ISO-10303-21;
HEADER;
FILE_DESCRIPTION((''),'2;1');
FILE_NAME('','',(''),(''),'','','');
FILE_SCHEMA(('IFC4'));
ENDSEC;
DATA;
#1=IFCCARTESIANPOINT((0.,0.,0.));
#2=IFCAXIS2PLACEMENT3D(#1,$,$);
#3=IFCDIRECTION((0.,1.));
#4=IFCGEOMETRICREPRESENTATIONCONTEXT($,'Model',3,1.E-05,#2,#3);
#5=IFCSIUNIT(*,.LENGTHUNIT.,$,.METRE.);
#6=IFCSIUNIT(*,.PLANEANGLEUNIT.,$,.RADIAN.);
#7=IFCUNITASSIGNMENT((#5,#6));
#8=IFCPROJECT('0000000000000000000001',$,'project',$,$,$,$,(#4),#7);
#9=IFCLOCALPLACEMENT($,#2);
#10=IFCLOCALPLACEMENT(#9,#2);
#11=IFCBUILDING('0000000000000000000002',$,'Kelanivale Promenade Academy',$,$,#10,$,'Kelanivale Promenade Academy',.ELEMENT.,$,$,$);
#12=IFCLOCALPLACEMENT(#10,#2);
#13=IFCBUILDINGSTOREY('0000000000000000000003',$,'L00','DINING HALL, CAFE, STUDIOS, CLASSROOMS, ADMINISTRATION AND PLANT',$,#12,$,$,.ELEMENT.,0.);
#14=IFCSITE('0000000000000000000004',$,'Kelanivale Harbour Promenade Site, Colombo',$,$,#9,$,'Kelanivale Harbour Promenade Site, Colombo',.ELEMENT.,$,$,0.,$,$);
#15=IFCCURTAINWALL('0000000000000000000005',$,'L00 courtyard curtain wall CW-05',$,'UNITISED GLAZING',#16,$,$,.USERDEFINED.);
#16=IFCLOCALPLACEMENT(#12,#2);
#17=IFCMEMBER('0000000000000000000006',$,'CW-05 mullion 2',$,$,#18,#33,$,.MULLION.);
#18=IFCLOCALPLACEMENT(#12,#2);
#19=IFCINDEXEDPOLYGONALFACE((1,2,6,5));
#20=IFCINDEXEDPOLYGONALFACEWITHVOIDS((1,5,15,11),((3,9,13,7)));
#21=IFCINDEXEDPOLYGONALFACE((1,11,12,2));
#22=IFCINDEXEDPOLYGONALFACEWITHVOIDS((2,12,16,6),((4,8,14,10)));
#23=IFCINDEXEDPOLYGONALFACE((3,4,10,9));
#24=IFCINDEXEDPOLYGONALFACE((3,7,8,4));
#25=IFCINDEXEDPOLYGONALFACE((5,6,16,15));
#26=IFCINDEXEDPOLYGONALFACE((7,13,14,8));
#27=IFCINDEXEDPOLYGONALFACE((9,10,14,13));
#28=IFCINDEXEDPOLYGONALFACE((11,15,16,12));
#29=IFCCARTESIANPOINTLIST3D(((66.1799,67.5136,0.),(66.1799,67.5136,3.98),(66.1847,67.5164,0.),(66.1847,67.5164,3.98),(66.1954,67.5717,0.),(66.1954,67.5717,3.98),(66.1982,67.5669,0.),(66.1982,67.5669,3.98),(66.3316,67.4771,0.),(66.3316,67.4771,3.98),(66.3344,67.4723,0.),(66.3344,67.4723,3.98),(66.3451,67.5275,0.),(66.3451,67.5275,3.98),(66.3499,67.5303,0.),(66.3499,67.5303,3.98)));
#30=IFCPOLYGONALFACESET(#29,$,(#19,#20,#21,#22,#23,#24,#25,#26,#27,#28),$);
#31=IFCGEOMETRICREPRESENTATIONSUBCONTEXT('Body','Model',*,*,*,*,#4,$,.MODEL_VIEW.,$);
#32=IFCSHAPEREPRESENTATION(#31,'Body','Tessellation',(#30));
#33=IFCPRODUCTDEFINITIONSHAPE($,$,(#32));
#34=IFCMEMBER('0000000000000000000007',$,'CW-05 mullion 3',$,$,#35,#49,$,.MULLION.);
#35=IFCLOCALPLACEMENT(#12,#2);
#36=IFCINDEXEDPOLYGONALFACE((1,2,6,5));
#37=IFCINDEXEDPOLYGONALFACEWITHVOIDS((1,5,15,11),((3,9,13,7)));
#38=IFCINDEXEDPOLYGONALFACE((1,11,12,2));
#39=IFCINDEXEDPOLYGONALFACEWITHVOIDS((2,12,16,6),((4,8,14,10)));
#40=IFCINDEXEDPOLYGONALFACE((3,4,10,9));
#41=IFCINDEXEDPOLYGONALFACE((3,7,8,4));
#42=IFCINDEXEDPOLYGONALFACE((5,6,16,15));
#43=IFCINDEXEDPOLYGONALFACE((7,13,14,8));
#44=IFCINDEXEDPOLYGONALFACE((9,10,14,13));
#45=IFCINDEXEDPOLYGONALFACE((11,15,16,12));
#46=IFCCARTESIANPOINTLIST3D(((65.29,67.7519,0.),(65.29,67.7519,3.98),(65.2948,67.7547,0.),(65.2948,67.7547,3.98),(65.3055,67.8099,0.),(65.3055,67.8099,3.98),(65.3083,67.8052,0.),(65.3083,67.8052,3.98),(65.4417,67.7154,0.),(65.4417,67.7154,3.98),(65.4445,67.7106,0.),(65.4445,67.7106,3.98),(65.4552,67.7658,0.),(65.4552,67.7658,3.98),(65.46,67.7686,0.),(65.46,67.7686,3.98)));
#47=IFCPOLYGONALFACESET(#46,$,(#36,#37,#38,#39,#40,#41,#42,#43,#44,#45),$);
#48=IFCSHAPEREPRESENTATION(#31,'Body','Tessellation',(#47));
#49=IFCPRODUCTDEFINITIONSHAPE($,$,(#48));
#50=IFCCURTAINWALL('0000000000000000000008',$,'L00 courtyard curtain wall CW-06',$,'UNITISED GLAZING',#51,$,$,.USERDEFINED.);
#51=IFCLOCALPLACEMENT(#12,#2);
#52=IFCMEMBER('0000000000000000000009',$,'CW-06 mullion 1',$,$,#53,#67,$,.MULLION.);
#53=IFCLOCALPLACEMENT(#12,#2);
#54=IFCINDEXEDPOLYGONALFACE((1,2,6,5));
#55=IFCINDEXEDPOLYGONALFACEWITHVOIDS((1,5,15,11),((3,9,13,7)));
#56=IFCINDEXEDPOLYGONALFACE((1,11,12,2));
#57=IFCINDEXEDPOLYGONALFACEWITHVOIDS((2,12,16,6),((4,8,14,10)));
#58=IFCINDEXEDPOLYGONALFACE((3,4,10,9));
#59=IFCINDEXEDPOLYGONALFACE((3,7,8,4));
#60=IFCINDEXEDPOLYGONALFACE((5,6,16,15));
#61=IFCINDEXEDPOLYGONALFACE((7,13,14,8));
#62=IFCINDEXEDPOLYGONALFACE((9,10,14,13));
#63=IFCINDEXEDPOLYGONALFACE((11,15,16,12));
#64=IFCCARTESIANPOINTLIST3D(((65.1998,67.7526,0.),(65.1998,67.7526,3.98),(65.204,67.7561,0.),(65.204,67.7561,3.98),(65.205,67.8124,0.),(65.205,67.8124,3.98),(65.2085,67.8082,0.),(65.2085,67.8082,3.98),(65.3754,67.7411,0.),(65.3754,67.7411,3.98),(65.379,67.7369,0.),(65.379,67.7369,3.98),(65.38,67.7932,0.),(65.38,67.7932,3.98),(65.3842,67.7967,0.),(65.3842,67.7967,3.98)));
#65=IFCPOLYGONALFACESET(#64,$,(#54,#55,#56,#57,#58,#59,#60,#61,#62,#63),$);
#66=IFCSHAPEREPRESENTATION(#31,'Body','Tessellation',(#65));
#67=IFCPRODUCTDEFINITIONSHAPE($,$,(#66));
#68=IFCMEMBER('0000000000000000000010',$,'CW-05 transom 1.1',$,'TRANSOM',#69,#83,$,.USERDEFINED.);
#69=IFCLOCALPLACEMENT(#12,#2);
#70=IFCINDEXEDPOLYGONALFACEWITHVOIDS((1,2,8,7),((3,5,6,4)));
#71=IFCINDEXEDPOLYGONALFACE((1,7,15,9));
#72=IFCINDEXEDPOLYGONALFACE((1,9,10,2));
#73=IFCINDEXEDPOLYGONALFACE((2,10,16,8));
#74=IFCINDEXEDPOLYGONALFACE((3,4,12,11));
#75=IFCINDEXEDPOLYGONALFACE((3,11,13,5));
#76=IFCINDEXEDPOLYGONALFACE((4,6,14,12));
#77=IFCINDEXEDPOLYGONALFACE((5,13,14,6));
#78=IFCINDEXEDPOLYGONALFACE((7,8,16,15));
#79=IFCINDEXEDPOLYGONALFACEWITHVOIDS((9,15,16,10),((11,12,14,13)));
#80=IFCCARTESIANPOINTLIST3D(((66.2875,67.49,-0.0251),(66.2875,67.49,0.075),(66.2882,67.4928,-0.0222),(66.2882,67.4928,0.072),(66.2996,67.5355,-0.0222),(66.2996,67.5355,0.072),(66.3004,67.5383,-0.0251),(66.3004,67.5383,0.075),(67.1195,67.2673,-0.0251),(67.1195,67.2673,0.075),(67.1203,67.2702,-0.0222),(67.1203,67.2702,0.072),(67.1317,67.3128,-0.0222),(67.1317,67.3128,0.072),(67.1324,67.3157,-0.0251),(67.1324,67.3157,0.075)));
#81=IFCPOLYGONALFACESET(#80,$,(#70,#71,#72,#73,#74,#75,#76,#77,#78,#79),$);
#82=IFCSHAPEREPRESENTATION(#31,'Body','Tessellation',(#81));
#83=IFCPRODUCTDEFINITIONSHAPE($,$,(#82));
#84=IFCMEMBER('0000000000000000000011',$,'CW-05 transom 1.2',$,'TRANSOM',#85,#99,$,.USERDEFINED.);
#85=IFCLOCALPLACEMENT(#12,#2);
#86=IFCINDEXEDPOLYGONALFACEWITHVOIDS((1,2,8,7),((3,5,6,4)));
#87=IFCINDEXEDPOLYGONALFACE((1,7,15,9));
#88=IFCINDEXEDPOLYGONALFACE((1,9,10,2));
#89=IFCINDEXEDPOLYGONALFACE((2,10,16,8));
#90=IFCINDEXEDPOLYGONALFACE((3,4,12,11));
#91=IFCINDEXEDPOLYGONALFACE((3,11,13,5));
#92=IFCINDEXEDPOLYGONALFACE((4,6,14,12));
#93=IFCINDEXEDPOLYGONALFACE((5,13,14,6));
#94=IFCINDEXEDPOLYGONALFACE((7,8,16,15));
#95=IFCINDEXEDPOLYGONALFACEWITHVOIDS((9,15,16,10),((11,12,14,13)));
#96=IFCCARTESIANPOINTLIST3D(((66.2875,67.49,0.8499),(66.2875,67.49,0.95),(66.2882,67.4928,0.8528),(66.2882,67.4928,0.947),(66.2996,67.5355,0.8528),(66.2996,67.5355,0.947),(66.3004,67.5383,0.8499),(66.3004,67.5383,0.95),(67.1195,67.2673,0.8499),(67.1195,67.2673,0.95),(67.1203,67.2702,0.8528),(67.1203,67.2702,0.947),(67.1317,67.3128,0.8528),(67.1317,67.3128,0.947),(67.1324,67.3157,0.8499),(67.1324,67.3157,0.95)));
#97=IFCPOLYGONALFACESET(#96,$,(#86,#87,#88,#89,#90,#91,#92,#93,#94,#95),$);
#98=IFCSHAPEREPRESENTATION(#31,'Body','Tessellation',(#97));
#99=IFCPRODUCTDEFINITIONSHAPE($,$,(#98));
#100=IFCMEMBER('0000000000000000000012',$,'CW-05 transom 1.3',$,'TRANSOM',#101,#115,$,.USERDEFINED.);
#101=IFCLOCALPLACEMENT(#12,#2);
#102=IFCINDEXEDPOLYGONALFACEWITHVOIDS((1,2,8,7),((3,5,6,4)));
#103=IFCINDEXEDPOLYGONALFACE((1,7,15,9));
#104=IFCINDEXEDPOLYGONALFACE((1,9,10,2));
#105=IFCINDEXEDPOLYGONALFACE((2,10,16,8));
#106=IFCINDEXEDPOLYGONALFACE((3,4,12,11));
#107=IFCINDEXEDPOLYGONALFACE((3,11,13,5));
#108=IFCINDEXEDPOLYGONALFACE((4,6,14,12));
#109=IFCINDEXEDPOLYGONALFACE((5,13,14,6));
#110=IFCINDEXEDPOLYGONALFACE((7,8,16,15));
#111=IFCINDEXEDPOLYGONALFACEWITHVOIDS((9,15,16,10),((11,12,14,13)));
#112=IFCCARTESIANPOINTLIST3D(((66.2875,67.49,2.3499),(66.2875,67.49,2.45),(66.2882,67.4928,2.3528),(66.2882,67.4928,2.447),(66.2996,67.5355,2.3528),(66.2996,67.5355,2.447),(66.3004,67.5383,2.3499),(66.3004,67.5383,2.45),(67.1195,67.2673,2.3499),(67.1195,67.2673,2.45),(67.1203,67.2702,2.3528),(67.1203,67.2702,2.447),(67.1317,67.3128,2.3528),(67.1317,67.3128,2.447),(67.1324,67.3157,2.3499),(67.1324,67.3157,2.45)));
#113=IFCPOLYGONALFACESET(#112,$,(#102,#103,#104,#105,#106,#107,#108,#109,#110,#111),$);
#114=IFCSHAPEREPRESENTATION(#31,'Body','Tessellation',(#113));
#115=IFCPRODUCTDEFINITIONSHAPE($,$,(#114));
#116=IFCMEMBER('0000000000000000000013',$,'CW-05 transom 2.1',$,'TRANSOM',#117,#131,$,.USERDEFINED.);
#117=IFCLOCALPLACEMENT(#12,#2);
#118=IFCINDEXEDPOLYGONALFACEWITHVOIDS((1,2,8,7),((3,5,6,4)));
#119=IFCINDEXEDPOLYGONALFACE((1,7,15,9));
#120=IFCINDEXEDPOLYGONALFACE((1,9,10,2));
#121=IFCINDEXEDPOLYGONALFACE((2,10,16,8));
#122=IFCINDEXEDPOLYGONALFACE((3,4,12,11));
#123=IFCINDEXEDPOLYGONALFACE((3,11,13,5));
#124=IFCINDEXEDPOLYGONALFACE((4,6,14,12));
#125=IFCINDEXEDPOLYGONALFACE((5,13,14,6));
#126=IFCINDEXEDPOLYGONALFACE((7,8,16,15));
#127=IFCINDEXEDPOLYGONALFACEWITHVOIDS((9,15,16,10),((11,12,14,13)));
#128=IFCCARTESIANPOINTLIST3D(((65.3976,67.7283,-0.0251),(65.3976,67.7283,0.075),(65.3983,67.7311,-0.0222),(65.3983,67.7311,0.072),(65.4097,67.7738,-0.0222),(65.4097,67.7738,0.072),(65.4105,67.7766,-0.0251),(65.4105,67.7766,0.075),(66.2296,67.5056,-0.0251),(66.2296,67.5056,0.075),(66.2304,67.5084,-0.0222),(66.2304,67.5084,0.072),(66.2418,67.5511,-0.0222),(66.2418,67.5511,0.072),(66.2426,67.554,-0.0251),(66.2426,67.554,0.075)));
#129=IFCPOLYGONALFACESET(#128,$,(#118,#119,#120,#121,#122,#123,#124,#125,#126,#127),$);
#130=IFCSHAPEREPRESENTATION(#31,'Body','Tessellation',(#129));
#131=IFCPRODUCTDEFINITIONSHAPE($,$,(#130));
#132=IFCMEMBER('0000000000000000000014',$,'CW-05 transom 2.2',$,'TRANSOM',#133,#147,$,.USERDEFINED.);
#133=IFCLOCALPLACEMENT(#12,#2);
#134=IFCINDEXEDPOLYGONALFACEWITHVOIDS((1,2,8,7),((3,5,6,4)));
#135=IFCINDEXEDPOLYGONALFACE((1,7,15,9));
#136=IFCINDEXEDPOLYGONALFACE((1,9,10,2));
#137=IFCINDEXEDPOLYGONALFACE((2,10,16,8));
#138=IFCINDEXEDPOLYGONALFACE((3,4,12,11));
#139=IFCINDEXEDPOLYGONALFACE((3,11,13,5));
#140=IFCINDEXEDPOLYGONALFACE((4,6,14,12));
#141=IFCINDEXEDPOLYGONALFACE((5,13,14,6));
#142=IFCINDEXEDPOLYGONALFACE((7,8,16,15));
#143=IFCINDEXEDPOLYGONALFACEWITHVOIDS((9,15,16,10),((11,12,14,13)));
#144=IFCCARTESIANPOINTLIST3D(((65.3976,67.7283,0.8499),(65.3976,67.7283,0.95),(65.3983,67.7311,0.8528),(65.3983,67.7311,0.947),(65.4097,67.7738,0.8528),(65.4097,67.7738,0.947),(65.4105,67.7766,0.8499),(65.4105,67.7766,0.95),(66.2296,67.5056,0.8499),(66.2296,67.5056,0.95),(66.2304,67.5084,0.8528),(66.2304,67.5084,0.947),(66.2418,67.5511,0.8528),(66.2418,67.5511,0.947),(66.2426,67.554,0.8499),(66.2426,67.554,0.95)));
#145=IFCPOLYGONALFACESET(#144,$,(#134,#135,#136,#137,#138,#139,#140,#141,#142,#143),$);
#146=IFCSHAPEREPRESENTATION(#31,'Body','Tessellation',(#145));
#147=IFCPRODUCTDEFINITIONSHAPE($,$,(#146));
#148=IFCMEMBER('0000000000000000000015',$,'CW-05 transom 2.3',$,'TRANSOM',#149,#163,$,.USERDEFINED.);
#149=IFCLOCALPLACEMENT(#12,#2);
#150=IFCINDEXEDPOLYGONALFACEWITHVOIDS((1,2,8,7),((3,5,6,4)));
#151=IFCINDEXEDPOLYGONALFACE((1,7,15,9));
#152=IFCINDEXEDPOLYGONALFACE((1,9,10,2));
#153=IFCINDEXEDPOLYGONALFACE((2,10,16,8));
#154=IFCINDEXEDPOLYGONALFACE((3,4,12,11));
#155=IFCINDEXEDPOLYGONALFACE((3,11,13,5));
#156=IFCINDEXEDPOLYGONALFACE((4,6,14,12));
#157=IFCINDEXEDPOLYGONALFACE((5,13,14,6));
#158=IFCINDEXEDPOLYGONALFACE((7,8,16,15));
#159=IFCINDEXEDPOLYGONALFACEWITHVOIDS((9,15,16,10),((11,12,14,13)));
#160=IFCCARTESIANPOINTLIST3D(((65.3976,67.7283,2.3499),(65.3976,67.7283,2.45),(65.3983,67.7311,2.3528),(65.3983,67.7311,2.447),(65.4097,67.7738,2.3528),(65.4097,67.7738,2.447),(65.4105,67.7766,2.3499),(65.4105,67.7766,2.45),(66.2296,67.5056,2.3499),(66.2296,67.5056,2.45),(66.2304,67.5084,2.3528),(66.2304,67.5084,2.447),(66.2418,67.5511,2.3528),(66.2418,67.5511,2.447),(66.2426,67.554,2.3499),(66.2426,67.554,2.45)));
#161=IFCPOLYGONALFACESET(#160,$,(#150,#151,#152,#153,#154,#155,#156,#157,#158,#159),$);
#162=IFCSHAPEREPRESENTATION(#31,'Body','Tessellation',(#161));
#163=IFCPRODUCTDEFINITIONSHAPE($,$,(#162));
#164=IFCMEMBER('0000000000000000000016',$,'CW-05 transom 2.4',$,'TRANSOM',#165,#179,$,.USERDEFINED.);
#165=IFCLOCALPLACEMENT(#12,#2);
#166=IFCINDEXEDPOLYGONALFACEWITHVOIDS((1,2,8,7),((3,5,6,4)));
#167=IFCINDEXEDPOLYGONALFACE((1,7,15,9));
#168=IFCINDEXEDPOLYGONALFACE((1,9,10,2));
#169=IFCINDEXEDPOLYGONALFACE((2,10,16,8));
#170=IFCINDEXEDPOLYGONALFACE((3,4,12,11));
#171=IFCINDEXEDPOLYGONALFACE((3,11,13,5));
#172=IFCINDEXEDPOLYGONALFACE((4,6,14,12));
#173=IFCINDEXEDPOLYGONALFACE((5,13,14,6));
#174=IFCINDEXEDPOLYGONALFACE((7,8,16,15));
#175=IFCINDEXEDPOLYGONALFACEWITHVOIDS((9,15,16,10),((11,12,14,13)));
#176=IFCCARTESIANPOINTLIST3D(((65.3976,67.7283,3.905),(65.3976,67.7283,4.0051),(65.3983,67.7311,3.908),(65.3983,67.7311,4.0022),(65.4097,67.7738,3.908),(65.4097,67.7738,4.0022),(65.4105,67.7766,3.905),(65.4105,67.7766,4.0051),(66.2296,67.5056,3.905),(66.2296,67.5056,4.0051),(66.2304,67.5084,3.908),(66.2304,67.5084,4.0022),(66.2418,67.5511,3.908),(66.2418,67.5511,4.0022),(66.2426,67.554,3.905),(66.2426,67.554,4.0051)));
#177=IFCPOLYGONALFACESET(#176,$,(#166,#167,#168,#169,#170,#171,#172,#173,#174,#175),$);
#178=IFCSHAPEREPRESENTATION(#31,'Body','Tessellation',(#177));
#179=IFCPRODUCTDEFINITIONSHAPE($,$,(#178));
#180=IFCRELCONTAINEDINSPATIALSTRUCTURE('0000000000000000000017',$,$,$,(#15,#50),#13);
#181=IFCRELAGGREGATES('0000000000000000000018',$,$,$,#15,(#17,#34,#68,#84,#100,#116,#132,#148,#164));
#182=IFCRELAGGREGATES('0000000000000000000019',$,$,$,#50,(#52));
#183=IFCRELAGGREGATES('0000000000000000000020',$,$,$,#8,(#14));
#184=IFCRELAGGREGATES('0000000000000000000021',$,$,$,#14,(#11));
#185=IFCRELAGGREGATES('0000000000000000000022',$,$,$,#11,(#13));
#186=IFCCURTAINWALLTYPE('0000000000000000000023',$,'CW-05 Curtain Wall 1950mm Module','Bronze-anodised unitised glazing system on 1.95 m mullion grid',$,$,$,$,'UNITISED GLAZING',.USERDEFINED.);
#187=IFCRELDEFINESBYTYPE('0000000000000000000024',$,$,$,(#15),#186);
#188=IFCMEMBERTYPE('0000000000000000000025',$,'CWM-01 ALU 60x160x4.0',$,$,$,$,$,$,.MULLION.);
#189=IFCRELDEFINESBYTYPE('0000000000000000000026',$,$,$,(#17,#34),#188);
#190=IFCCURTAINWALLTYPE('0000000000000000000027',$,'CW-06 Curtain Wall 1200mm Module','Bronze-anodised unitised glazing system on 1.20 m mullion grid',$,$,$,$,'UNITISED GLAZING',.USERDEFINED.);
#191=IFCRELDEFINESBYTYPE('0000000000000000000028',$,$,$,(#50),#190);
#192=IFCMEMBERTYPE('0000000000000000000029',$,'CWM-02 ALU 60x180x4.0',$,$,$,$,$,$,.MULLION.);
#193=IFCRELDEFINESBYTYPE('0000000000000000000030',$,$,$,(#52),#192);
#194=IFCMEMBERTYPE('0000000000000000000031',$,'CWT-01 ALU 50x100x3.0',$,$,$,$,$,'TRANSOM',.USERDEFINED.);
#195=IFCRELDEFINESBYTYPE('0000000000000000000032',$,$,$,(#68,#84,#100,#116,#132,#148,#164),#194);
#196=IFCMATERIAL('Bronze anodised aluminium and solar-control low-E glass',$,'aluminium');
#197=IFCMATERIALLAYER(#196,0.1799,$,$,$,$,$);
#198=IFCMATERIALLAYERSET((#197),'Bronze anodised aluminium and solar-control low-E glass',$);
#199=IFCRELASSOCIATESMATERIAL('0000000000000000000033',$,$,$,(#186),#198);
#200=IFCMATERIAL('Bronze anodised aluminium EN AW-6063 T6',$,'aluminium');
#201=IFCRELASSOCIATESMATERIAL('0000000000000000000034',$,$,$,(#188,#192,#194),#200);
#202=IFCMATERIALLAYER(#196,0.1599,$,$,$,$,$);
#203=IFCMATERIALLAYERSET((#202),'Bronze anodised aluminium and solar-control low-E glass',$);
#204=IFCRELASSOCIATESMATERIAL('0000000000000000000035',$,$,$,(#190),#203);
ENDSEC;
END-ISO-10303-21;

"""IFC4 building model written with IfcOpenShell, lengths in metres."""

from ifc_helpers import new_model, si_unit, direction, frame, origin, origin_2d, place, context, subcontext, project, spatial, hollow_rectangle, extrude, material, layer, layer_set, material_profile, profile_set, type_object, element, aggregate, save


model = new_model("IFC4")

# Units and contexts
model_context = context("Model", 3, precision=1e-05, world=origin(), true_north=direction((0.0, 1.0)))
body_context = subcontext(model_context, "Body", "Model", "MODEL_VIEW")
ifc_project = project(units=[si_unit("LENGTHUNIT", "METRE"), si_unit("PLANEANGLEUNIT", "RADIAN")], contexts=[model_context])

# Site, building, storey
site_placement = place(None, origin())
site = spatial("IfcSite", under=ifc_project, at=site_placement, Name="Kelanivale Harbour Promenade Site, Colombo", LongName="Kelanivale Harbour Promenade Site, Colombo", CompositionType="ELEMENT", RefElevation=0.0)
building_placement = place(site_placement, origin())
building = spatial("IfcBuilding", under=site, at=building_placement, Name="Kelanivale Promenade Academy", LongName="Kelanivale Promenade Academy", CompositionType="ELEMENT")
storey_placement = place(building_placement, origin())
storey = spatial("IfcBuildingStorey", under=building, at=storey_placement, Name="L00", Description="DINING HALL, CAFE, STUDIOS, CLASSROOMS, ADMINISTRATION AND PLANT", CompositionType="ELEMENT", Elevation=0.0)

# Curtain wall, members
ifc_material_1 = material(Name="Bronze anodised aluminium and solar-control low-E glass", Category="aluminium")
ifc_layer_1 = layer(ifc_material_1, 0.1799)
ifc_layer_set_1 = layer_set([ifc_layer_1], Name="Bronze anodised aluminium and solar-control low-E glass")
curtain_wall_type_1 = type_object("IfcCurtainWallType", Name="CW-05 Curtain Wall 1950mm Module", Description="Bronze-anodised unitised glazing system on 1.95 m mullion grid", ElementType="UNITISED GLAZING", PredefinedType="USERDEFINED", material=ifc_layer_set_1)
curtain_wall_1_placement = place(storey_placement, origin())
curtain_wall_1 = element("IfcCurtainWall", 1, at=curtain_wall_1_placement, inside=storey, type_object=curtain_wall_type_1, Name="L00 courtyard curtain wall CW-05", ObjectType="UNITISED GLAZING", PredefinedType="USERDEFINED")
ifc_material_2 = material(Name="Bronze anodised aluminium EN AW-6063 T6", Category="aluminium")
ifc_material_profile_1 = material_profile(ifc_material_2, hollow_rectangle(XDim=0.0601, YDim=0.1599, WallThickness=0.0039, at=origin_2d()), Name="ALU 60x160x4.0")
ifc_profile_set_1 = profile_set([ifc_material_profile_1], Name="Bronze anodised aluminium EN AW-6063 T6")
member_type_1 = type_object("IfcMemberType", Name="CWM-01 ALU 60x160x4.0", PredefinedType="MULLION", material=ifc_profile_set_1)
member_1_placement = place(storey_placement, frame((66.2649, 67.522, 0.0), z_axis=(0.0, 0.0, 1.0), x_axis=(-0.258578, -0.96599, 0.0)))
member_1 = element("IfcMember", 2, at=member_1_placement, type_object=member_type_1, Name="CW-05 mullion 2", PredefinedType="MULLION", context=body_context, shape_type="SweptSolid", body=[
    extrude(hollow_rectangle(XDim=0.0601, YDim=0.1599, WallThickness=0.0039, at=origin_2d()), origin(), (0.0, 0.0, 1.0), 3.98),
])
member_2_placement = place(storey_placement, frame((65.375, 67.7603, 0.0), z_axis=(0.0, 0.0, 1.0), x_axis=(-0.258578, -0.96599, 0.0)))
member_2 = element("IfcMember", 3, at=member_2_placement, type_object=member_type_1, Name="CW-05 mullion 3", PredefinedType="MULLION", context=body_context, shape_type="SweptSolid", body=[
    extrude(hollow_rectangle(XDim=0.0601, YDim=0.1599, WallThickness=0.0039, at=origin_2d()), origin(), (0.0, 0.0, 1.0), 3.98),
])

# Curtain wall, member
ifc_layer_2 = layer(ifc_material_1, 0.1599)
ifc_layer_set_2 = layer_set([ifc_layer_2], Name="Bronze anodised aluminium and solar-control low-E glass")
curtain_wall_type_2 = type_object("IfcCurtainWallType", Name="CW-06 Curtain Wall 1200mm Module", Description="Bronze-anodised unitised glazing system on 1.20 m mullion grid", ElementType="UNITISED GLAZING", PredefinedType="USERDEFINED", material=ifc_layer_set_2)
curtain_wall_2_placement = place(storey_placement, origin())
curtain_wall_2 = element("IfcCurtainWall", 4, at=curtain_wall_2_placement, inside=storey, type_object=curtain_wall_type_2, Name="L00 courtyard curtain wall CW-06", ObjectType="UNITISED GLAZING", PredefinedType="USERDEFINED")
ifc_material_profile_2 = material_profile(ifc_material_2, hollow_rectangle(XDim=0.0601, YDim=0.1799, WallThickness=0.0039, at=origin_2d()), Name="ALU 60x180x4.0")
ifc_profile_set_2 = profile_set([ifc_material_profile_2], Name="Bronze anodised aluminium EN AW-6063 T6")
member_type_2 = type_object("IfcMemberType", Name="CWM-02 ALU 60x180x4.0", PredefinedType="MULLION", material=ifc_profile_set_2)
member_3_placement = place(storey_placement, frame((65.292, 67.7747, 0.0), z_axis=(0.0, 0.0, 1.0), x_axis=(-0.087102, -0.996199, 0.0)))
member_3 = element("IfcMember", 5, at=member_3_placement, type_object=member_type_2, Name="CW-06 mullion 1", PredefinedType="MULLION", context=body_context, shape_type="SweptSolid", body=[
    extrude(hollow_rectangle(XDim=0.0601, YDim=0.1799, WallThickness=0.0039, at=origin_2d()), origin(), (0.0, 0.0, 1.0), 3.98),
])

# Members
ifc_material_profile_3 = material_profile(ifc_material_2, hollow_rectangle(XDim=0.05, YDim=0.1001, WallThickness=0.0029, at=origin_2d()), Name="ALU 50x100x3.0")
ifc_profile_set_3 = profile_set([ifc_material_profile_3], Name="Bronze anodised aluminium EN AW-6063 T6")
member_type_3 = type_object("IfcMemberType", Name="CWT-01 ALU 50x100x3.0", ElementType="TRANSOM", PredefinedType="USERDEFINED", material=ifc_profile_set_3)
member_4_placement = place(storey_placement, frame((67.126, 67.2915, 0.0249), z_axis=(-0.966009, 0.258509, 0.0), x_axis=(-0.258509, -0.966009, 0.0)))
member_4 = element("IfcMember", 6, at=member_4_placement, type_object=member_type_3, Name="CW-05 transom 1.1", ObjectType="TRANSOM", PredefinedType="USERDEFINED", context=body_context, shape_type="SweptSolid", body=[
    extrude(hollow_rectangle(XDim=0.05, YDim=0.1001, WallThickness=0.0029, at=origin_2d()), origin(), (0.0, 0.0, 1.0), 0.8613),
])
member_5_placement = place(storey_placement, frame((67.126, 67.2915, 0.8999), z_axis=(-0.966009, 0.258509, 0.0), x_axis=(-0.258509, -0.966009, 0.0)))
member_5 = element("IfcMember", 7, at=member_5_placement, type_object=member_type_3, Name="CW-05 transom 1.2", ObjectType="TRANSOM", PredefinedType="USERDEFINED", context=body_context, shape_type="SweptSolid", body=[
    extrude(hollow_rectangle(XDim=0.05, YDim=0.1001, WallThickness=0.0029, at=origin_2d()), origin(), (0.0, 0.0, 1.0), 0.8613),
])
member_6_placement = place(storey_placement, frame((67.126, 67.2915, 2.3999), z_axis=(-0.966009, 0.258509, 0.0), x_axis=(-0.258509, -0.966009, 0.0)))
member_6 = element("IfcMember", 8, at=member_6_placement, type_object=member_type_3, Name="CW-05 transom 1.3", ObjectType="TRANSOM", PredefinedType="USERDEFINED", context=body_context, shape_type="SweptSolid", body=[
    extrude(hollow_rectangle(XDim=0.05, YDim=0.1001, WallThickness=0.0029, at=origin_2d()), origin(), (0.0, 0.0, 1.0), 0.8613),
])
member_7_placement = place(storey_placement, frame((66.2361, 67.5298, 0.0249), z_axis=(-0.966009, 0.258509, 0.0), x_axis=(-0.258509, -0.966009, 0.0)))
member_7 = element("IfcMember", 9, at=member_7_placement, type_object=member_type_3, Name="CW-05 transom 2.1", ObjectType="TRANSOM", PredefinedType="USERDEFINED", context=body_context, shape_type="SweptSolid", body=[
    extrude(hollow_rectangle(XDim=0.05, YDim=0.1001, WallThickness=0.0029, at=origin_2d()), origin(), (0.0, 0.0, 1.0), 0.8613),
])
member_8_placement = place(storey_placement, frame((66.2361, 67.5298, 0.8999), z_axis=(-0.966009, 0.258509, 0.0), x_axis=(-0.258509, -0.966009, 0.0)))
member_8 = element("IfcMember", 10, at=member_8_placement, type_object=member_type_3, Name="CW-05 transom 2.2", ObjectType="TRANSOM", PredefinedType="USERDEFINED", context=body_context, shape_type="SweptSolid", body=[
    extrude(hollow_rectangle(XDim=0.05, YDim=0.1001, WallThickness=0.0029, at=origin_2d()), origin(), (0.0, 0.0, 1.0), 0.8613),
])
member_9_placement = place(storey_placement, frame((66.2361, 67.5298, 2.3999), z_axis=(-0.966009, 0.258509, 0.0), x_axis=(-0.258509, -0.966009, 0.0)))
member_9 = element("IfcMember", 11, at=member_9_placement, type_object=member_type_3, Name="CW-05 transom 2.3", ObjectType="TRANSOM", PredefinedType="USERDEFINED", context=body_context, shape_type="SweptSolid", body=[
    extrude(hollow_rectangle(XDim=0.05, YDim=0.1001, WallThickness=0.0029, at=origin_2d()), origin(), (0.0, 0.0, 1.0), 0.8613),
])
member_10_placement = place(storey_placement, frame((66.2361, 67.5298, 3.9551), z_axis=(-0.966009, 0.258509, 0.0), x_axis=(-0.258509, -0.966009, 0.0)))
member_10 = element("IfcMember", 12, at=member_10_placement, type_object=member_type_3, Name="CW-05 transom 2.4", ObjectType="TRANSOM", PredefinedType="USERDEFINED", context=body_context, shape_type="SweptSolid", body=[
    extrude(hollow_rectangle(XDim=0.05, YDim=0.1001, WallThickness=0.0029, at=origin_2d()), origin(), (0.0, 0.0, 1.0), 0.8613),
])

aggregate(curtain_wall_1, [member_1, member_2, member_4, member_5, member_6, member_7, member_8, member_9, member_10])
aggregate(curtain_wall_2, [member_3])

save(model, "model.ifc")
